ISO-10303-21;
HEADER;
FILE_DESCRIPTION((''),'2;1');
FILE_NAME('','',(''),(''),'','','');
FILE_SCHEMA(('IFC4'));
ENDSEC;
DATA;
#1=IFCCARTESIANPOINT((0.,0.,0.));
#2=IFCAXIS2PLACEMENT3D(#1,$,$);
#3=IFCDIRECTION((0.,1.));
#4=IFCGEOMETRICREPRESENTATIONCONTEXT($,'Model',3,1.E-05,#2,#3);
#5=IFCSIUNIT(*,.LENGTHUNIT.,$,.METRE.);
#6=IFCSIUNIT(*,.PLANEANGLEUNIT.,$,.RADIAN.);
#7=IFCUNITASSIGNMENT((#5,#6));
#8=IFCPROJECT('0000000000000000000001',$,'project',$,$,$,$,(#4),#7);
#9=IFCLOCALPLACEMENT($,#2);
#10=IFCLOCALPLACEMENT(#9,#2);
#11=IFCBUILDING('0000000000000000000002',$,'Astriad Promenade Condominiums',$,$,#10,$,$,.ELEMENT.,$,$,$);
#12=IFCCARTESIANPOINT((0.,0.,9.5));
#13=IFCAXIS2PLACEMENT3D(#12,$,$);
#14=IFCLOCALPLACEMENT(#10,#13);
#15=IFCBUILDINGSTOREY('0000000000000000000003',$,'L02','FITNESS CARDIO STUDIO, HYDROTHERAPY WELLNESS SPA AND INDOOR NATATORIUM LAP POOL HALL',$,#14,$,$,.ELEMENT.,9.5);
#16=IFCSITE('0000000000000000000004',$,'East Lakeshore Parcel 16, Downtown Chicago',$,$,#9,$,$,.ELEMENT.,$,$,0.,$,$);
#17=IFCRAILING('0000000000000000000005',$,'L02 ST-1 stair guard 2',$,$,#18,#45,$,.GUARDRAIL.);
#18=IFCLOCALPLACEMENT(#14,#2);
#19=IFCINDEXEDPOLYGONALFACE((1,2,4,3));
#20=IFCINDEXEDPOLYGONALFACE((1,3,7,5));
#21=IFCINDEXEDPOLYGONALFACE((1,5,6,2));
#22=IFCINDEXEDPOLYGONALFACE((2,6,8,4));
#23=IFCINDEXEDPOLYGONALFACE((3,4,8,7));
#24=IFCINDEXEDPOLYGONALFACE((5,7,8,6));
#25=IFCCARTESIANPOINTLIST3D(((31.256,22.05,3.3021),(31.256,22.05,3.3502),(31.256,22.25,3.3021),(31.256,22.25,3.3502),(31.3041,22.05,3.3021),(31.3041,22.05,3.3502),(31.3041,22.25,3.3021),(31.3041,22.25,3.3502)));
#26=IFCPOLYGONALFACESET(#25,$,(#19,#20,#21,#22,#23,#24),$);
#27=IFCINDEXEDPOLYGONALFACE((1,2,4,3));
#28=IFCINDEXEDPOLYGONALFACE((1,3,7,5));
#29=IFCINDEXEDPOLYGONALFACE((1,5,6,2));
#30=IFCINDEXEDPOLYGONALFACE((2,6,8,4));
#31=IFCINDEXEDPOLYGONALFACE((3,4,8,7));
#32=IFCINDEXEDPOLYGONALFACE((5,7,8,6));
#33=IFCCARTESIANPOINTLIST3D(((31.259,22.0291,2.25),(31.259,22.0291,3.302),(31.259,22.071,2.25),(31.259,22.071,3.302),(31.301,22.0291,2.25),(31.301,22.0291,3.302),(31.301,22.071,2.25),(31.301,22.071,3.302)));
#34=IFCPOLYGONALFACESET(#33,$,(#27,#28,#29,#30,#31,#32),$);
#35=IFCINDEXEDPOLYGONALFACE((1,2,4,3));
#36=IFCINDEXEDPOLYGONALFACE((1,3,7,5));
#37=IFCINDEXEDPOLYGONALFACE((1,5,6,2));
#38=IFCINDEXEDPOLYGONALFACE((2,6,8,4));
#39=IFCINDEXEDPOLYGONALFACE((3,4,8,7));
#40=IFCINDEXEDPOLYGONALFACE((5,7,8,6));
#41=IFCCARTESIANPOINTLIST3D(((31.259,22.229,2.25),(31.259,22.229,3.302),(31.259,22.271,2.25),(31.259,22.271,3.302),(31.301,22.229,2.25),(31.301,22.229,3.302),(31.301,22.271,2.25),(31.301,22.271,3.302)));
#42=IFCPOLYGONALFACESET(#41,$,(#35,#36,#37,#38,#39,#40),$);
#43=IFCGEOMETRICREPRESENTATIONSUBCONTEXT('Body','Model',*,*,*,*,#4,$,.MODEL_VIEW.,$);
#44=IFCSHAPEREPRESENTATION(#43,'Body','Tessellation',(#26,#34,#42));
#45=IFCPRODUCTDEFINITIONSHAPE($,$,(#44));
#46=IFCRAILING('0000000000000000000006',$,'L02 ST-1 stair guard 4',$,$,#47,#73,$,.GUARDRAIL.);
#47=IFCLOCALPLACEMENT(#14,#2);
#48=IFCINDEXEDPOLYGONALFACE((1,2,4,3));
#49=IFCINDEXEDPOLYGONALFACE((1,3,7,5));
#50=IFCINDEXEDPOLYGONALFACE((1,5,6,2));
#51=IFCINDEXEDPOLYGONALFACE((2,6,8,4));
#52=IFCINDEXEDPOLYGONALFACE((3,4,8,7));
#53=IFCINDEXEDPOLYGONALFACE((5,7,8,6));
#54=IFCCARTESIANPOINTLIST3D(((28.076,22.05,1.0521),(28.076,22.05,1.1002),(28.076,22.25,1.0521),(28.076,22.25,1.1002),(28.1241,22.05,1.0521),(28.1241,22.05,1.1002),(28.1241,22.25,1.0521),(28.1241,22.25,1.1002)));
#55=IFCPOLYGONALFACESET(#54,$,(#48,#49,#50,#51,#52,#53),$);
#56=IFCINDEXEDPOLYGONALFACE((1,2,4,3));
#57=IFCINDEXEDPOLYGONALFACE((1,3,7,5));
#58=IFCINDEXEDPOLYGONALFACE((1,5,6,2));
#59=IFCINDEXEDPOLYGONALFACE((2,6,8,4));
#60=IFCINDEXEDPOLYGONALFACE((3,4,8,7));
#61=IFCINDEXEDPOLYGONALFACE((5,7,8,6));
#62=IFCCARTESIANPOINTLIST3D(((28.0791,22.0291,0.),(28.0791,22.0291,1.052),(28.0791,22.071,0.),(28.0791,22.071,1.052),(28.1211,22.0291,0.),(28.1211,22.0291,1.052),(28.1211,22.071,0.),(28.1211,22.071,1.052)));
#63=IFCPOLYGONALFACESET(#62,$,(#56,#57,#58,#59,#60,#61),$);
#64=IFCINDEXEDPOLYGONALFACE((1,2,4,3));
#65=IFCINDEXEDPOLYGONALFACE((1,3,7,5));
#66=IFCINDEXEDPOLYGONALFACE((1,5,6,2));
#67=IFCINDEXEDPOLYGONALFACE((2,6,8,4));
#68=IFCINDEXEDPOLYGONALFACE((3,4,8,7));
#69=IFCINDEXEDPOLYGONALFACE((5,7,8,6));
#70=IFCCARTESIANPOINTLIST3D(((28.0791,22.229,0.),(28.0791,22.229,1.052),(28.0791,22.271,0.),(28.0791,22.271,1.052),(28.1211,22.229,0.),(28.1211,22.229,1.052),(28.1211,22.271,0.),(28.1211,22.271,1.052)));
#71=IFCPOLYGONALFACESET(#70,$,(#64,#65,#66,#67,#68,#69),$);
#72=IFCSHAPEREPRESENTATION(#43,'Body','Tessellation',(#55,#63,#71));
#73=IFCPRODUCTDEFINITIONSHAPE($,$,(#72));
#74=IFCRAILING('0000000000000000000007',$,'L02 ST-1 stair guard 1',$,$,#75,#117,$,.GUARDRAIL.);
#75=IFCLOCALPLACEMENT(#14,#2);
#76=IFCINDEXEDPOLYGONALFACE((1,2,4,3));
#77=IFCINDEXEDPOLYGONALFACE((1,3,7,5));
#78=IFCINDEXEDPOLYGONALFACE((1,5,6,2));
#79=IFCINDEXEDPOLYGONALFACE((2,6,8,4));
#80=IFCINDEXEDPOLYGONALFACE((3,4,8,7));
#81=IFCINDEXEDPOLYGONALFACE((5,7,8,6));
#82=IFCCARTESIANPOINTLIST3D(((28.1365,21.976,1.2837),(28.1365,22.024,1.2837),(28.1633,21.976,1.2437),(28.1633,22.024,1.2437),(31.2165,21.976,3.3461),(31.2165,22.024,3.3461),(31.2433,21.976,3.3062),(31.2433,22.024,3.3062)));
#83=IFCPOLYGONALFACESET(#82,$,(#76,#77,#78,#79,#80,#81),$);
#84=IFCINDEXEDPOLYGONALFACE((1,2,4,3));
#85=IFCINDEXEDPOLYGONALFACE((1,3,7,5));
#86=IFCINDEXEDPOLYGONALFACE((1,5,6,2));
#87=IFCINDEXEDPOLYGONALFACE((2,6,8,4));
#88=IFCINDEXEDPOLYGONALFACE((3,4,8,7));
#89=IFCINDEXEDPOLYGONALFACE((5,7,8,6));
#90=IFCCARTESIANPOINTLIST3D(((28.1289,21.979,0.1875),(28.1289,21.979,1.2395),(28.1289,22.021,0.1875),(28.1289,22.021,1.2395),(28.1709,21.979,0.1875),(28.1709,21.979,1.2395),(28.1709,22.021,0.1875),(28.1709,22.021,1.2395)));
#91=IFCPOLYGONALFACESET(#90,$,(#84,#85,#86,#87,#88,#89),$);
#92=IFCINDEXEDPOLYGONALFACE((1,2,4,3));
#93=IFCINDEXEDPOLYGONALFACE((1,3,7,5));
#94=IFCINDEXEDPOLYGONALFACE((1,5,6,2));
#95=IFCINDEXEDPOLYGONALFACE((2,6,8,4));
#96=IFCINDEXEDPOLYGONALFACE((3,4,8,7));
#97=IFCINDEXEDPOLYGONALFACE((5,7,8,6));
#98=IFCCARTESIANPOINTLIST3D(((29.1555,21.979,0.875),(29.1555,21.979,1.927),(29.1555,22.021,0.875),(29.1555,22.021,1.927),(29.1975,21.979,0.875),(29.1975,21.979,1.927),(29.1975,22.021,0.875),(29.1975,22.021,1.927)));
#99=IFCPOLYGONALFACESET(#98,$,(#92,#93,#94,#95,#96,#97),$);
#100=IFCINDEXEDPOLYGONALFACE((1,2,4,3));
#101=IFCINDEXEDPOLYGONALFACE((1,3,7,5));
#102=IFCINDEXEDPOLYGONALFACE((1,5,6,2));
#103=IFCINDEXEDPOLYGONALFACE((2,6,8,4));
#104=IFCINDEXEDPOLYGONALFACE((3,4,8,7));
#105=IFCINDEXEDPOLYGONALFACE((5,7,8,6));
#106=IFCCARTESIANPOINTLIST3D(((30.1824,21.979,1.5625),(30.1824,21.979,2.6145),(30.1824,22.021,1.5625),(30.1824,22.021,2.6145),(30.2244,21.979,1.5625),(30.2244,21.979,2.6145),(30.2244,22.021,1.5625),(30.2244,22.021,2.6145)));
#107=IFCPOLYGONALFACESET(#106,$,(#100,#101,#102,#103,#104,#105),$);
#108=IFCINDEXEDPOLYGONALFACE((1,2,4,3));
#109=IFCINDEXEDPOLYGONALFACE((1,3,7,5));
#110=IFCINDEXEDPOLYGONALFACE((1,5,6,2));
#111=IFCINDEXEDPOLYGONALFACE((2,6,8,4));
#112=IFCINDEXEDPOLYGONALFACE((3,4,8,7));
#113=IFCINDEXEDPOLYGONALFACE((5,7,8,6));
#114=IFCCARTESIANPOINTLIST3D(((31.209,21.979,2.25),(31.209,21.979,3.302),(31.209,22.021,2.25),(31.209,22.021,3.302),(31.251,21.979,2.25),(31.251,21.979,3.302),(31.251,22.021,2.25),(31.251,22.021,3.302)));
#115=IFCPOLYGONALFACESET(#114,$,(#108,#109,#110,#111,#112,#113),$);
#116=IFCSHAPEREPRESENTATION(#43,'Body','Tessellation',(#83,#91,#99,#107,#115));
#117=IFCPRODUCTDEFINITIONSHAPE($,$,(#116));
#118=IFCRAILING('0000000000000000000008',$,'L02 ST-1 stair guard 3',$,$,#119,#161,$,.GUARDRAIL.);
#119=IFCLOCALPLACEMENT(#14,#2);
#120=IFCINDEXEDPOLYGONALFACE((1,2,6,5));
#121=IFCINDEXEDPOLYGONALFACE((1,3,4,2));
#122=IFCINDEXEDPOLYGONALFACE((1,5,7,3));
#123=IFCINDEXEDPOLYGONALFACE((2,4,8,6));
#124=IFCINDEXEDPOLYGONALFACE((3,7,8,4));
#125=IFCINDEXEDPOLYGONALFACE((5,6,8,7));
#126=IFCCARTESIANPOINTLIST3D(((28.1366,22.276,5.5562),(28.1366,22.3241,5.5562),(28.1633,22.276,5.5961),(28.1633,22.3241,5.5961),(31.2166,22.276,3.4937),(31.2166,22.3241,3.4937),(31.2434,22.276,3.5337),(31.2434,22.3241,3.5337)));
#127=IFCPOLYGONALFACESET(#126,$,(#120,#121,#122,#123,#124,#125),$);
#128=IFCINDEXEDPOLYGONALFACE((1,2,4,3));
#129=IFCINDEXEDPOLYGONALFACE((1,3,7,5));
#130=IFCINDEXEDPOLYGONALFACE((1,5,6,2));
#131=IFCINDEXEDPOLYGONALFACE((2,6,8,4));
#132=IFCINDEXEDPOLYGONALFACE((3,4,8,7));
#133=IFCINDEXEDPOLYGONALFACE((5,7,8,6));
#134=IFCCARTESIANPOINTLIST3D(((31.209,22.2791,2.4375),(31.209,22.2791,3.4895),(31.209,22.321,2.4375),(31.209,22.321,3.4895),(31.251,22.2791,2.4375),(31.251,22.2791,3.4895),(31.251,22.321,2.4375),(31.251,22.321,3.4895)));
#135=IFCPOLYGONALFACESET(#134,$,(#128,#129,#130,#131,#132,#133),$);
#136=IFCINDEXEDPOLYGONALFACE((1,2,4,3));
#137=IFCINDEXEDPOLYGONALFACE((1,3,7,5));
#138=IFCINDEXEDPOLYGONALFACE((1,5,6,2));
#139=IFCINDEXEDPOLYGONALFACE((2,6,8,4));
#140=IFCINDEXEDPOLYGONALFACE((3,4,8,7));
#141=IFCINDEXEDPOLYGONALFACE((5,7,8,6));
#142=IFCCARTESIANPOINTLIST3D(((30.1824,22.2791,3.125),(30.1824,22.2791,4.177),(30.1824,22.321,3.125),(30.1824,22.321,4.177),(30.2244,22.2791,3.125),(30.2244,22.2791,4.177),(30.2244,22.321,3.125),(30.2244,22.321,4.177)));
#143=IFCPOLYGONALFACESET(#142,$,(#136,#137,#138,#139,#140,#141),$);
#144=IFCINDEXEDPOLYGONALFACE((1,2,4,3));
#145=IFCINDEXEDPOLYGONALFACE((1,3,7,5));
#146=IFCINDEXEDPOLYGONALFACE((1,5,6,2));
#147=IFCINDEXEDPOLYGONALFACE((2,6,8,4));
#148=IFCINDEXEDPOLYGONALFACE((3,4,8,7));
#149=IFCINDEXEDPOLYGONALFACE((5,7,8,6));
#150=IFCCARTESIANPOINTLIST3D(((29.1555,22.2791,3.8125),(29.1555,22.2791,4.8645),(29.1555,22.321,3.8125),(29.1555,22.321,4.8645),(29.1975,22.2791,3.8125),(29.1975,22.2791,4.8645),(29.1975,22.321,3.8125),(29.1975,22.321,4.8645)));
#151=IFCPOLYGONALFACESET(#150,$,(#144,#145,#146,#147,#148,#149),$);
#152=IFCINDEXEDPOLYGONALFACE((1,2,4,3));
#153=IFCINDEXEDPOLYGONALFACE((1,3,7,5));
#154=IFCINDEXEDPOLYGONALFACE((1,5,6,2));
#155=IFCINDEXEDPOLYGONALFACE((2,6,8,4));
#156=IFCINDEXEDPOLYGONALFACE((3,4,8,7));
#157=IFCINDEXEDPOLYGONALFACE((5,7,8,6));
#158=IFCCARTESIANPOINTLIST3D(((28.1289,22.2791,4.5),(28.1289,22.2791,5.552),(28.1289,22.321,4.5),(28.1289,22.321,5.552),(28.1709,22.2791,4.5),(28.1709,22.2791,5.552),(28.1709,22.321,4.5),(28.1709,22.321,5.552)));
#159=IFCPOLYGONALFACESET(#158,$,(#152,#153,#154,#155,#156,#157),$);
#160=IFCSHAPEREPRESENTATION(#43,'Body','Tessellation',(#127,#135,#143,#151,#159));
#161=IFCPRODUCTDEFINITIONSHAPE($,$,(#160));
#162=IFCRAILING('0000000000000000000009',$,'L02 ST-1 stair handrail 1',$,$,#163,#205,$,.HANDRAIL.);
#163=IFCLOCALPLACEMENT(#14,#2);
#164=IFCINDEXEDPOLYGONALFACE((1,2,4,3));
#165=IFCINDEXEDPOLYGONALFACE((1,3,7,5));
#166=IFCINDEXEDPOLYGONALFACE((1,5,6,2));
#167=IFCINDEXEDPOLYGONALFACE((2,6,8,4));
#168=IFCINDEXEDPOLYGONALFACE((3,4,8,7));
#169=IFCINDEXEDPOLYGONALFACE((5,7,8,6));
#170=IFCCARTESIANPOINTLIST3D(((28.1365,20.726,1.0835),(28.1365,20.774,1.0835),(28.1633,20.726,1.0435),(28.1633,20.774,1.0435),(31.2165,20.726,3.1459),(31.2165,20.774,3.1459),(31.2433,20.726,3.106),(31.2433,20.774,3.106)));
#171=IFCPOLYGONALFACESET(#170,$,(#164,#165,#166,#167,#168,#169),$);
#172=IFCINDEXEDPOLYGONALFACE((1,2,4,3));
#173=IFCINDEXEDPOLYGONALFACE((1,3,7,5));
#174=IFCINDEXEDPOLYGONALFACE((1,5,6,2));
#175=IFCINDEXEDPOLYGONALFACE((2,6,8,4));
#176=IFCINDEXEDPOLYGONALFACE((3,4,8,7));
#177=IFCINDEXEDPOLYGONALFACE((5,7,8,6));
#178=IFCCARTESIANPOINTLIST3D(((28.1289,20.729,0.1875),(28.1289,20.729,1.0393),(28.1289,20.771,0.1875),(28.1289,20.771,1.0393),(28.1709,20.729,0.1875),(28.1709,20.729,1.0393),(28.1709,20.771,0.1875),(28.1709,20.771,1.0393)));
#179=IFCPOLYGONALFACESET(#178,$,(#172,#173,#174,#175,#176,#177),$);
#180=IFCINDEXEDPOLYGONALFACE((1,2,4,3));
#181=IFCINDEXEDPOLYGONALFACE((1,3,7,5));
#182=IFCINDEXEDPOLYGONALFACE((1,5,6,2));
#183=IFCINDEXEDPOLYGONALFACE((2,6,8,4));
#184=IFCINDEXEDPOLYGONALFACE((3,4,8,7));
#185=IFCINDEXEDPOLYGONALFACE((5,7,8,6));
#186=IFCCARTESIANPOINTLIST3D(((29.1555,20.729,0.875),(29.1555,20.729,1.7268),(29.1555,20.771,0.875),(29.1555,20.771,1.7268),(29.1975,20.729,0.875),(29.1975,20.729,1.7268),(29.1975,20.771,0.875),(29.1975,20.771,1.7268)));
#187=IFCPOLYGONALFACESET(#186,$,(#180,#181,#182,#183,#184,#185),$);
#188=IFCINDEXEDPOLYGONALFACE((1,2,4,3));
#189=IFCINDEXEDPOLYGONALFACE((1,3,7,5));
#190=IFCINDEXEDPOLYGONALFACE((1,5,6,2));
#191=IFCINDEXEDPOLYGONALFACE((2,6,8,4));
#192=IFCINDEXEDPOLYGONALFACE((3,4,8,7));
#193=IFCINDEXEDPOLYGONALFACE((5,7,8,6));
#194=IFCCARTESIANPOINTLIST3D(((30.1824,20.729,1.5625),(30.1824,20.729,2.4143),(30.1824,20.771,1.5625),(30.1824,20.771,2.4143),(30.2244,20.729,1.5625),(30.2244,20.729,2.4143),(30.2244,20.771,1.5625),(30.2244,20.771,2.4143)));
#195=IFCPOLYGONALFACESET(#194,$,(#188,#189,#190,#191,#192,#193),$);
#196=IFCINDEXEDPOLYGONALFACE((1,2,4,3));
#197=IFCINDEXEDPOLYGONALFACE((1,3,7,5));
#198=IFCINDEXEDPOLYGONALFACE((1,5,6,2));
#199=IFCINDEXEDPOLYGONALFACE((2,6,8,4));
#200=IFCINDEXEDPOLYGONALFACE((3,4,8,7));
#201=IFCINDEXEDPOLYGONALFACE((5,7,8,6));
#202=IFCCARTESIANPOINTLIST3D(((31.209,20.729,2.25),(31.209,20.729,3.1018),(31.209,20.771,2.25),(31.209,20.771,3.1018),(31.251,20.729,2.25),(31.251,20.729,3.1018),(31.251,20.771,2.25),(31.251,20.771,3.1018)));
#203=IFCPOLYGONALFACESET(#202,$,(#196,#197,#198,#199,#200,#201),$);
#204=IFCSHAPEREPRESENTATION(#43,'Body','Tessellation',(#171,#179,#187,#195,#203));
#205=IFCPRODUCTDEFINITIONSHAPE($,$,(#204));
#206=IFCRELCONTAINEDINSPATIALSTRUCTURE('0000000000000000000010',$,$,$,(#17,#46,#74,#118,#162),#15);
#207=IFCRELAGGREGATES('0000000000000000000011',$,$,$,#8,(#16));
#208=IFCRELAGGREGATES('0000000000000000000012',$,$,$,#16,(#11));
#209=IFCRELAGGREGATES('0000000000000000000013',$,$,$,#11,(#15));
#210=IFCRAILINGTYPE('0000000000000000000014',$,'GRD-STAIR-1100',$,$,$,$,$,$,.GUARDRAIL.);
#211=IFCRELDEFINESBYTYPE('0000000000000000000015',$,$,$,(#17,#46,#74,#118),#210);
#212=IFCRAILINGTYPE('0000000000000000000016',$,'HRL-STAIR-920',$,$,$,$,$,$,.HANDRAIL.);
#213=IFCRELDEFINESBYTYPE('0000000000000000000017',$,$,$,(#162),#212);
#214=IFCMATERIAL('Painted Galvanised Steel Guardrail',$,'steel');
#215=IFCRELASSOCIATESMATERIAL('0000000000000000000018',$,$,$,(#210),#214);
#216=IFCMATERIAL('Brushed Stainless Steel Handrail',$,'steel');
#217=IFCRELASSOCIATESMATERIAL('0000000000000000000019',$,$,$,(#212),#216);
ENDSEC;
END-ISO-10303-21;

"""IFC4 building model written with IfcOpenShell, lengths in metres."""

from ifc_helpers import new_model, si_unit, direction, frame, origin, origin_2d, place, context, subcontext, project, spatial, rectangle, extrude, source, transform, mapped, material, type_object, type_shapes, element, save


model = new_model("IFC4")

# Units and contexts
model_context = context("Model", 3, precision=1e-05, world=origin(), true_north=direction((0.0, 1.0)))
body_context = subcontext(model_context, "Body", "Model", "MODEL_VIEW")
ifc_project = project(units=[si_unit("LENGTHUNIT", "METRE"), si_unit("PLANEANGLEUNIT", "RADIAN")], contexts=[model_context])

# Site, building, storey
site_placement = place(None, origin())
site = spatial("IfcSite", under=ifc_project, at=site_placement, Name="East Lakeshore Parcel 16, Downtown Chicago", CompositionType="ELEMENT", RefElevation=0.0)
building_placement = place(site_placement, origin())
building = spatial("IfcBuilding", under=site, at=building_placement, Name="Astriad Promenade Condominiums", CompositionType="ELEMENT")
storey_placement = place(building_placement, frame((0.0, 0.0, 9.5)))
storey = spatial("IfcBuildingStorey", under=building, at=storey_placement, Name="L02", Description="FITNESS CARDIO STUDIO, HYDROTHERAPY WELLNESS SPA AND INDOOR NATATORIUM LAP POOL HALL", CompositionType="ELEMENT", Elevation=9.5)

# Railings
ifc_material_1 = material(Name="Painted Galvanised Steel Guardrail", Category="steel")
railing_type_1 = type_object("IfcRailingType", Name="GRD-STAIR-1100", PredefinedType="GUARDRAIL", material=ifc_material_1)
shared_shape_1 = source(origin(), body_context, "Body", "SweptSolid", [
    extrude(rectangle(XDim=0.0481, YDim=0.0481, at=origin_2d()), frame((0.0, 0.0, 1.0762), z_axis=(0.0, 1.0, 0.0), x_axis=(-1.0, 0.0, 0.0)), (0.0, 0.0, 1.0), 0.2),
    extrude(rectangle(XDim=0.042, YDim=0.042, at=origin_2d()), origin(), (0.0, 0.0, 1.0), 1.052),
    extrude(rectangle(XDim=0.042, YDim=0.042, at=origin_2d()), frame((0.0, 0.2, 0.0)), (0.0, 0.0, 1.0), 1.052),
])
for number, where, name in (
    (1, (31.28, 22.05, 2.25), "L02 ST-1 stair guard 2"),
    (2, (28.1001, 22.05, 0.0), "L02 ST-1 stair guard 4"),
):
    element("IfcRailing", number, at=place(storey_placement, frame(where)), inside=storey, type_object=railing_type_1, Name=name, PredefinedType="GUARDRAIL", context=body_context, shape_type="MappedRepresentation", body=[
        mapped(shared_shape_1, transform((0.0, 0.0, 0.0), scale=1.0)),
    ])
shared_shape_2 = source(origin(), body_context, "Body", "SweptSolid", [
    extrude(rectangle(XDim=0.0481, YDim=0.0481, at=origin_2d()), frame((0.0, 0.0, 1.0762), z_axis=(0.830914, 0.0, 0.556401), x_axis=(0.0, 1.0, 0.0)), (0.0, 0.0, 1.0), 3.7068),
    extrude(rectangle(XDim=0.042, YDim=0.042, at=origin_2d()), origin(), (0.0, 0.0, 1.0), 1.052),
    extrude(rectangle(XDim=0.042, YDim=0.042, at=origin_2d()), frame((1.0266, 0.0, 0.6875)), (0.0, 0.0, 1.0), 1.052),
    extrude(rectangle(XDim=0.042, YDim=0.042, at=origin_2d()), frame((2.0535, 0.0, 1.375)), (0.0, 0.0, 1.0), 1.052),
    extrude(rectangle(XDim=0.042, YDim=0.042, at=origin_2d()), frame((3.0801, 0.0, 2.0625)), (0.0, 0.0, 1.0), 1.052),
])
railing_1_placement = place(storey_placement, frame((28.1499, 22.0, 0.1875)))
element("IfcRailing", 3, at=railing_1_placement, inside=storey, type_object=railing_type_1, Name="L02 ST-1 stair guard 1", PredefinedType="GUARDRAIL", context=body_context, shape_type="MappedRepresentation", body=[
    mapped(shared_shape_2, transform((0.0, 0.0, 0.0), scale=1.0)),
])
shared_shape_3 = source(origin(), body_context, "Body", "SweptSolid", [
    extrude(rectangle(XDim=0.0481, YDim=0.0481, at=origin_2d()), frame((0.0, 0.0, 1.0762), z_axis=(-0.830914, 0.0, 0.556401), x_axis=(0.0, -1.0, 0.0)), (0.0, 0.0, 1.0), 3.7068),
    extrude(rectangle(XDim=0.042, YDim=0.042, at=origin_2d()), origin(), (0.0, 0.0, 1.0), 1.052),
    extrude(rectangle(XDim=0.042, YDim=0.042, at=origin_2d()), frame((-1.0266, 0.0, 0.6875)), (0.0, 0.0, 1.0), 1.052),
    extrude(rectangle(XDim=0.042, YDim=0.042, at=origin_2d()), frame((-2.0535, 0.0, 1.375)), (0.0, 0.0, 1.0), 1.052),
    extrude(rectangle(XDim=0.042, YDim=0.042, at=origin_2d()), frame((-3.0801, 0.0, 2.0625)), (0.0, 0.0, 1.0), 1.052),
])
type_shapes(railing_type_1, [shared_shape_1, shared_shape_2, shared_shape_3])
railing_2_placement = place(storey_placement, frame((31.23, 22.3, 2.4375)))
element("IfcRailing", 4, at=railing_2_placement, inside=storey, type_object=railing_type_1, Name="L02 ST-1 stair guard 3", PredefinedType="GUARDRAIL", context=body_context, shape_type="MappedRepresentation", body=[
    mapped(shared_shape_3, transform((0.0, 0.0, 0.0), scale=1.0)),
])
ifc_material_2 = material(Name="Brushed Stainless Steel Handrail", Category="steel")
railing_type_2 = type_object("IfcRailingType", Name="HRL-STAIR-920", PredefinedType="HANDRAIL", material=ifc_material_2)
shared_shape_4 = source(origin(), body_context, "Body", "SweptSolid", [
    extrude(rectangle(XDim=0.0481, YDim=0.0481, at=origin_2d()), frame((0.0, 0.0, 0.876), z_axis=(0.830914, 0.0, 0.556401), x_axis=(0.0, 1.0, 0.0)), (0.0, 0.0, 1.0), 3.7068),
    extrude(rectangle(XDim=0.042, YDim=0.042, at=origin_2d()), origin(), (0.0, 0.0, 1.0), 0.8518),
    extrude(rectangle(XDim=0.042, YDim=0.042, at=origin_2d()), frame((1.0266, 0.0, 0.6875)), (0.0, 0.0, 1.0), 0.8518),
    extrude(rectangle(XDim=0.042, YDim=0.042, at=origin_2d()), frame((2.0535, 0.0, 1.375)), (0.0, 0.0, 1.0), 0.8518),
    extrude(rectangle(XDim=0.042, YDim=0.042, at=origin_2d()), frame((3.0801, 0.0, 2.0625)), (0.0, 0.0, 1.0), 0.8518),
])
railing_3_placement = place(storey_placement, frame((28.1499, 20.75, 0.1875)))
element("IfcRailing", 5, at=railing_3_placement, inside=storey, type_object=railing_type_2, Name="L02 ST-1 stair handrail 1", PredefinedType="HANDRAIL", context=body_context, shape_type="MappedRepresentation", body=[
    mapped(shared_shape_4, transform((0.0, 0.0, 0.0), scale=1.0)),
])

save(model, "model.ifc")
